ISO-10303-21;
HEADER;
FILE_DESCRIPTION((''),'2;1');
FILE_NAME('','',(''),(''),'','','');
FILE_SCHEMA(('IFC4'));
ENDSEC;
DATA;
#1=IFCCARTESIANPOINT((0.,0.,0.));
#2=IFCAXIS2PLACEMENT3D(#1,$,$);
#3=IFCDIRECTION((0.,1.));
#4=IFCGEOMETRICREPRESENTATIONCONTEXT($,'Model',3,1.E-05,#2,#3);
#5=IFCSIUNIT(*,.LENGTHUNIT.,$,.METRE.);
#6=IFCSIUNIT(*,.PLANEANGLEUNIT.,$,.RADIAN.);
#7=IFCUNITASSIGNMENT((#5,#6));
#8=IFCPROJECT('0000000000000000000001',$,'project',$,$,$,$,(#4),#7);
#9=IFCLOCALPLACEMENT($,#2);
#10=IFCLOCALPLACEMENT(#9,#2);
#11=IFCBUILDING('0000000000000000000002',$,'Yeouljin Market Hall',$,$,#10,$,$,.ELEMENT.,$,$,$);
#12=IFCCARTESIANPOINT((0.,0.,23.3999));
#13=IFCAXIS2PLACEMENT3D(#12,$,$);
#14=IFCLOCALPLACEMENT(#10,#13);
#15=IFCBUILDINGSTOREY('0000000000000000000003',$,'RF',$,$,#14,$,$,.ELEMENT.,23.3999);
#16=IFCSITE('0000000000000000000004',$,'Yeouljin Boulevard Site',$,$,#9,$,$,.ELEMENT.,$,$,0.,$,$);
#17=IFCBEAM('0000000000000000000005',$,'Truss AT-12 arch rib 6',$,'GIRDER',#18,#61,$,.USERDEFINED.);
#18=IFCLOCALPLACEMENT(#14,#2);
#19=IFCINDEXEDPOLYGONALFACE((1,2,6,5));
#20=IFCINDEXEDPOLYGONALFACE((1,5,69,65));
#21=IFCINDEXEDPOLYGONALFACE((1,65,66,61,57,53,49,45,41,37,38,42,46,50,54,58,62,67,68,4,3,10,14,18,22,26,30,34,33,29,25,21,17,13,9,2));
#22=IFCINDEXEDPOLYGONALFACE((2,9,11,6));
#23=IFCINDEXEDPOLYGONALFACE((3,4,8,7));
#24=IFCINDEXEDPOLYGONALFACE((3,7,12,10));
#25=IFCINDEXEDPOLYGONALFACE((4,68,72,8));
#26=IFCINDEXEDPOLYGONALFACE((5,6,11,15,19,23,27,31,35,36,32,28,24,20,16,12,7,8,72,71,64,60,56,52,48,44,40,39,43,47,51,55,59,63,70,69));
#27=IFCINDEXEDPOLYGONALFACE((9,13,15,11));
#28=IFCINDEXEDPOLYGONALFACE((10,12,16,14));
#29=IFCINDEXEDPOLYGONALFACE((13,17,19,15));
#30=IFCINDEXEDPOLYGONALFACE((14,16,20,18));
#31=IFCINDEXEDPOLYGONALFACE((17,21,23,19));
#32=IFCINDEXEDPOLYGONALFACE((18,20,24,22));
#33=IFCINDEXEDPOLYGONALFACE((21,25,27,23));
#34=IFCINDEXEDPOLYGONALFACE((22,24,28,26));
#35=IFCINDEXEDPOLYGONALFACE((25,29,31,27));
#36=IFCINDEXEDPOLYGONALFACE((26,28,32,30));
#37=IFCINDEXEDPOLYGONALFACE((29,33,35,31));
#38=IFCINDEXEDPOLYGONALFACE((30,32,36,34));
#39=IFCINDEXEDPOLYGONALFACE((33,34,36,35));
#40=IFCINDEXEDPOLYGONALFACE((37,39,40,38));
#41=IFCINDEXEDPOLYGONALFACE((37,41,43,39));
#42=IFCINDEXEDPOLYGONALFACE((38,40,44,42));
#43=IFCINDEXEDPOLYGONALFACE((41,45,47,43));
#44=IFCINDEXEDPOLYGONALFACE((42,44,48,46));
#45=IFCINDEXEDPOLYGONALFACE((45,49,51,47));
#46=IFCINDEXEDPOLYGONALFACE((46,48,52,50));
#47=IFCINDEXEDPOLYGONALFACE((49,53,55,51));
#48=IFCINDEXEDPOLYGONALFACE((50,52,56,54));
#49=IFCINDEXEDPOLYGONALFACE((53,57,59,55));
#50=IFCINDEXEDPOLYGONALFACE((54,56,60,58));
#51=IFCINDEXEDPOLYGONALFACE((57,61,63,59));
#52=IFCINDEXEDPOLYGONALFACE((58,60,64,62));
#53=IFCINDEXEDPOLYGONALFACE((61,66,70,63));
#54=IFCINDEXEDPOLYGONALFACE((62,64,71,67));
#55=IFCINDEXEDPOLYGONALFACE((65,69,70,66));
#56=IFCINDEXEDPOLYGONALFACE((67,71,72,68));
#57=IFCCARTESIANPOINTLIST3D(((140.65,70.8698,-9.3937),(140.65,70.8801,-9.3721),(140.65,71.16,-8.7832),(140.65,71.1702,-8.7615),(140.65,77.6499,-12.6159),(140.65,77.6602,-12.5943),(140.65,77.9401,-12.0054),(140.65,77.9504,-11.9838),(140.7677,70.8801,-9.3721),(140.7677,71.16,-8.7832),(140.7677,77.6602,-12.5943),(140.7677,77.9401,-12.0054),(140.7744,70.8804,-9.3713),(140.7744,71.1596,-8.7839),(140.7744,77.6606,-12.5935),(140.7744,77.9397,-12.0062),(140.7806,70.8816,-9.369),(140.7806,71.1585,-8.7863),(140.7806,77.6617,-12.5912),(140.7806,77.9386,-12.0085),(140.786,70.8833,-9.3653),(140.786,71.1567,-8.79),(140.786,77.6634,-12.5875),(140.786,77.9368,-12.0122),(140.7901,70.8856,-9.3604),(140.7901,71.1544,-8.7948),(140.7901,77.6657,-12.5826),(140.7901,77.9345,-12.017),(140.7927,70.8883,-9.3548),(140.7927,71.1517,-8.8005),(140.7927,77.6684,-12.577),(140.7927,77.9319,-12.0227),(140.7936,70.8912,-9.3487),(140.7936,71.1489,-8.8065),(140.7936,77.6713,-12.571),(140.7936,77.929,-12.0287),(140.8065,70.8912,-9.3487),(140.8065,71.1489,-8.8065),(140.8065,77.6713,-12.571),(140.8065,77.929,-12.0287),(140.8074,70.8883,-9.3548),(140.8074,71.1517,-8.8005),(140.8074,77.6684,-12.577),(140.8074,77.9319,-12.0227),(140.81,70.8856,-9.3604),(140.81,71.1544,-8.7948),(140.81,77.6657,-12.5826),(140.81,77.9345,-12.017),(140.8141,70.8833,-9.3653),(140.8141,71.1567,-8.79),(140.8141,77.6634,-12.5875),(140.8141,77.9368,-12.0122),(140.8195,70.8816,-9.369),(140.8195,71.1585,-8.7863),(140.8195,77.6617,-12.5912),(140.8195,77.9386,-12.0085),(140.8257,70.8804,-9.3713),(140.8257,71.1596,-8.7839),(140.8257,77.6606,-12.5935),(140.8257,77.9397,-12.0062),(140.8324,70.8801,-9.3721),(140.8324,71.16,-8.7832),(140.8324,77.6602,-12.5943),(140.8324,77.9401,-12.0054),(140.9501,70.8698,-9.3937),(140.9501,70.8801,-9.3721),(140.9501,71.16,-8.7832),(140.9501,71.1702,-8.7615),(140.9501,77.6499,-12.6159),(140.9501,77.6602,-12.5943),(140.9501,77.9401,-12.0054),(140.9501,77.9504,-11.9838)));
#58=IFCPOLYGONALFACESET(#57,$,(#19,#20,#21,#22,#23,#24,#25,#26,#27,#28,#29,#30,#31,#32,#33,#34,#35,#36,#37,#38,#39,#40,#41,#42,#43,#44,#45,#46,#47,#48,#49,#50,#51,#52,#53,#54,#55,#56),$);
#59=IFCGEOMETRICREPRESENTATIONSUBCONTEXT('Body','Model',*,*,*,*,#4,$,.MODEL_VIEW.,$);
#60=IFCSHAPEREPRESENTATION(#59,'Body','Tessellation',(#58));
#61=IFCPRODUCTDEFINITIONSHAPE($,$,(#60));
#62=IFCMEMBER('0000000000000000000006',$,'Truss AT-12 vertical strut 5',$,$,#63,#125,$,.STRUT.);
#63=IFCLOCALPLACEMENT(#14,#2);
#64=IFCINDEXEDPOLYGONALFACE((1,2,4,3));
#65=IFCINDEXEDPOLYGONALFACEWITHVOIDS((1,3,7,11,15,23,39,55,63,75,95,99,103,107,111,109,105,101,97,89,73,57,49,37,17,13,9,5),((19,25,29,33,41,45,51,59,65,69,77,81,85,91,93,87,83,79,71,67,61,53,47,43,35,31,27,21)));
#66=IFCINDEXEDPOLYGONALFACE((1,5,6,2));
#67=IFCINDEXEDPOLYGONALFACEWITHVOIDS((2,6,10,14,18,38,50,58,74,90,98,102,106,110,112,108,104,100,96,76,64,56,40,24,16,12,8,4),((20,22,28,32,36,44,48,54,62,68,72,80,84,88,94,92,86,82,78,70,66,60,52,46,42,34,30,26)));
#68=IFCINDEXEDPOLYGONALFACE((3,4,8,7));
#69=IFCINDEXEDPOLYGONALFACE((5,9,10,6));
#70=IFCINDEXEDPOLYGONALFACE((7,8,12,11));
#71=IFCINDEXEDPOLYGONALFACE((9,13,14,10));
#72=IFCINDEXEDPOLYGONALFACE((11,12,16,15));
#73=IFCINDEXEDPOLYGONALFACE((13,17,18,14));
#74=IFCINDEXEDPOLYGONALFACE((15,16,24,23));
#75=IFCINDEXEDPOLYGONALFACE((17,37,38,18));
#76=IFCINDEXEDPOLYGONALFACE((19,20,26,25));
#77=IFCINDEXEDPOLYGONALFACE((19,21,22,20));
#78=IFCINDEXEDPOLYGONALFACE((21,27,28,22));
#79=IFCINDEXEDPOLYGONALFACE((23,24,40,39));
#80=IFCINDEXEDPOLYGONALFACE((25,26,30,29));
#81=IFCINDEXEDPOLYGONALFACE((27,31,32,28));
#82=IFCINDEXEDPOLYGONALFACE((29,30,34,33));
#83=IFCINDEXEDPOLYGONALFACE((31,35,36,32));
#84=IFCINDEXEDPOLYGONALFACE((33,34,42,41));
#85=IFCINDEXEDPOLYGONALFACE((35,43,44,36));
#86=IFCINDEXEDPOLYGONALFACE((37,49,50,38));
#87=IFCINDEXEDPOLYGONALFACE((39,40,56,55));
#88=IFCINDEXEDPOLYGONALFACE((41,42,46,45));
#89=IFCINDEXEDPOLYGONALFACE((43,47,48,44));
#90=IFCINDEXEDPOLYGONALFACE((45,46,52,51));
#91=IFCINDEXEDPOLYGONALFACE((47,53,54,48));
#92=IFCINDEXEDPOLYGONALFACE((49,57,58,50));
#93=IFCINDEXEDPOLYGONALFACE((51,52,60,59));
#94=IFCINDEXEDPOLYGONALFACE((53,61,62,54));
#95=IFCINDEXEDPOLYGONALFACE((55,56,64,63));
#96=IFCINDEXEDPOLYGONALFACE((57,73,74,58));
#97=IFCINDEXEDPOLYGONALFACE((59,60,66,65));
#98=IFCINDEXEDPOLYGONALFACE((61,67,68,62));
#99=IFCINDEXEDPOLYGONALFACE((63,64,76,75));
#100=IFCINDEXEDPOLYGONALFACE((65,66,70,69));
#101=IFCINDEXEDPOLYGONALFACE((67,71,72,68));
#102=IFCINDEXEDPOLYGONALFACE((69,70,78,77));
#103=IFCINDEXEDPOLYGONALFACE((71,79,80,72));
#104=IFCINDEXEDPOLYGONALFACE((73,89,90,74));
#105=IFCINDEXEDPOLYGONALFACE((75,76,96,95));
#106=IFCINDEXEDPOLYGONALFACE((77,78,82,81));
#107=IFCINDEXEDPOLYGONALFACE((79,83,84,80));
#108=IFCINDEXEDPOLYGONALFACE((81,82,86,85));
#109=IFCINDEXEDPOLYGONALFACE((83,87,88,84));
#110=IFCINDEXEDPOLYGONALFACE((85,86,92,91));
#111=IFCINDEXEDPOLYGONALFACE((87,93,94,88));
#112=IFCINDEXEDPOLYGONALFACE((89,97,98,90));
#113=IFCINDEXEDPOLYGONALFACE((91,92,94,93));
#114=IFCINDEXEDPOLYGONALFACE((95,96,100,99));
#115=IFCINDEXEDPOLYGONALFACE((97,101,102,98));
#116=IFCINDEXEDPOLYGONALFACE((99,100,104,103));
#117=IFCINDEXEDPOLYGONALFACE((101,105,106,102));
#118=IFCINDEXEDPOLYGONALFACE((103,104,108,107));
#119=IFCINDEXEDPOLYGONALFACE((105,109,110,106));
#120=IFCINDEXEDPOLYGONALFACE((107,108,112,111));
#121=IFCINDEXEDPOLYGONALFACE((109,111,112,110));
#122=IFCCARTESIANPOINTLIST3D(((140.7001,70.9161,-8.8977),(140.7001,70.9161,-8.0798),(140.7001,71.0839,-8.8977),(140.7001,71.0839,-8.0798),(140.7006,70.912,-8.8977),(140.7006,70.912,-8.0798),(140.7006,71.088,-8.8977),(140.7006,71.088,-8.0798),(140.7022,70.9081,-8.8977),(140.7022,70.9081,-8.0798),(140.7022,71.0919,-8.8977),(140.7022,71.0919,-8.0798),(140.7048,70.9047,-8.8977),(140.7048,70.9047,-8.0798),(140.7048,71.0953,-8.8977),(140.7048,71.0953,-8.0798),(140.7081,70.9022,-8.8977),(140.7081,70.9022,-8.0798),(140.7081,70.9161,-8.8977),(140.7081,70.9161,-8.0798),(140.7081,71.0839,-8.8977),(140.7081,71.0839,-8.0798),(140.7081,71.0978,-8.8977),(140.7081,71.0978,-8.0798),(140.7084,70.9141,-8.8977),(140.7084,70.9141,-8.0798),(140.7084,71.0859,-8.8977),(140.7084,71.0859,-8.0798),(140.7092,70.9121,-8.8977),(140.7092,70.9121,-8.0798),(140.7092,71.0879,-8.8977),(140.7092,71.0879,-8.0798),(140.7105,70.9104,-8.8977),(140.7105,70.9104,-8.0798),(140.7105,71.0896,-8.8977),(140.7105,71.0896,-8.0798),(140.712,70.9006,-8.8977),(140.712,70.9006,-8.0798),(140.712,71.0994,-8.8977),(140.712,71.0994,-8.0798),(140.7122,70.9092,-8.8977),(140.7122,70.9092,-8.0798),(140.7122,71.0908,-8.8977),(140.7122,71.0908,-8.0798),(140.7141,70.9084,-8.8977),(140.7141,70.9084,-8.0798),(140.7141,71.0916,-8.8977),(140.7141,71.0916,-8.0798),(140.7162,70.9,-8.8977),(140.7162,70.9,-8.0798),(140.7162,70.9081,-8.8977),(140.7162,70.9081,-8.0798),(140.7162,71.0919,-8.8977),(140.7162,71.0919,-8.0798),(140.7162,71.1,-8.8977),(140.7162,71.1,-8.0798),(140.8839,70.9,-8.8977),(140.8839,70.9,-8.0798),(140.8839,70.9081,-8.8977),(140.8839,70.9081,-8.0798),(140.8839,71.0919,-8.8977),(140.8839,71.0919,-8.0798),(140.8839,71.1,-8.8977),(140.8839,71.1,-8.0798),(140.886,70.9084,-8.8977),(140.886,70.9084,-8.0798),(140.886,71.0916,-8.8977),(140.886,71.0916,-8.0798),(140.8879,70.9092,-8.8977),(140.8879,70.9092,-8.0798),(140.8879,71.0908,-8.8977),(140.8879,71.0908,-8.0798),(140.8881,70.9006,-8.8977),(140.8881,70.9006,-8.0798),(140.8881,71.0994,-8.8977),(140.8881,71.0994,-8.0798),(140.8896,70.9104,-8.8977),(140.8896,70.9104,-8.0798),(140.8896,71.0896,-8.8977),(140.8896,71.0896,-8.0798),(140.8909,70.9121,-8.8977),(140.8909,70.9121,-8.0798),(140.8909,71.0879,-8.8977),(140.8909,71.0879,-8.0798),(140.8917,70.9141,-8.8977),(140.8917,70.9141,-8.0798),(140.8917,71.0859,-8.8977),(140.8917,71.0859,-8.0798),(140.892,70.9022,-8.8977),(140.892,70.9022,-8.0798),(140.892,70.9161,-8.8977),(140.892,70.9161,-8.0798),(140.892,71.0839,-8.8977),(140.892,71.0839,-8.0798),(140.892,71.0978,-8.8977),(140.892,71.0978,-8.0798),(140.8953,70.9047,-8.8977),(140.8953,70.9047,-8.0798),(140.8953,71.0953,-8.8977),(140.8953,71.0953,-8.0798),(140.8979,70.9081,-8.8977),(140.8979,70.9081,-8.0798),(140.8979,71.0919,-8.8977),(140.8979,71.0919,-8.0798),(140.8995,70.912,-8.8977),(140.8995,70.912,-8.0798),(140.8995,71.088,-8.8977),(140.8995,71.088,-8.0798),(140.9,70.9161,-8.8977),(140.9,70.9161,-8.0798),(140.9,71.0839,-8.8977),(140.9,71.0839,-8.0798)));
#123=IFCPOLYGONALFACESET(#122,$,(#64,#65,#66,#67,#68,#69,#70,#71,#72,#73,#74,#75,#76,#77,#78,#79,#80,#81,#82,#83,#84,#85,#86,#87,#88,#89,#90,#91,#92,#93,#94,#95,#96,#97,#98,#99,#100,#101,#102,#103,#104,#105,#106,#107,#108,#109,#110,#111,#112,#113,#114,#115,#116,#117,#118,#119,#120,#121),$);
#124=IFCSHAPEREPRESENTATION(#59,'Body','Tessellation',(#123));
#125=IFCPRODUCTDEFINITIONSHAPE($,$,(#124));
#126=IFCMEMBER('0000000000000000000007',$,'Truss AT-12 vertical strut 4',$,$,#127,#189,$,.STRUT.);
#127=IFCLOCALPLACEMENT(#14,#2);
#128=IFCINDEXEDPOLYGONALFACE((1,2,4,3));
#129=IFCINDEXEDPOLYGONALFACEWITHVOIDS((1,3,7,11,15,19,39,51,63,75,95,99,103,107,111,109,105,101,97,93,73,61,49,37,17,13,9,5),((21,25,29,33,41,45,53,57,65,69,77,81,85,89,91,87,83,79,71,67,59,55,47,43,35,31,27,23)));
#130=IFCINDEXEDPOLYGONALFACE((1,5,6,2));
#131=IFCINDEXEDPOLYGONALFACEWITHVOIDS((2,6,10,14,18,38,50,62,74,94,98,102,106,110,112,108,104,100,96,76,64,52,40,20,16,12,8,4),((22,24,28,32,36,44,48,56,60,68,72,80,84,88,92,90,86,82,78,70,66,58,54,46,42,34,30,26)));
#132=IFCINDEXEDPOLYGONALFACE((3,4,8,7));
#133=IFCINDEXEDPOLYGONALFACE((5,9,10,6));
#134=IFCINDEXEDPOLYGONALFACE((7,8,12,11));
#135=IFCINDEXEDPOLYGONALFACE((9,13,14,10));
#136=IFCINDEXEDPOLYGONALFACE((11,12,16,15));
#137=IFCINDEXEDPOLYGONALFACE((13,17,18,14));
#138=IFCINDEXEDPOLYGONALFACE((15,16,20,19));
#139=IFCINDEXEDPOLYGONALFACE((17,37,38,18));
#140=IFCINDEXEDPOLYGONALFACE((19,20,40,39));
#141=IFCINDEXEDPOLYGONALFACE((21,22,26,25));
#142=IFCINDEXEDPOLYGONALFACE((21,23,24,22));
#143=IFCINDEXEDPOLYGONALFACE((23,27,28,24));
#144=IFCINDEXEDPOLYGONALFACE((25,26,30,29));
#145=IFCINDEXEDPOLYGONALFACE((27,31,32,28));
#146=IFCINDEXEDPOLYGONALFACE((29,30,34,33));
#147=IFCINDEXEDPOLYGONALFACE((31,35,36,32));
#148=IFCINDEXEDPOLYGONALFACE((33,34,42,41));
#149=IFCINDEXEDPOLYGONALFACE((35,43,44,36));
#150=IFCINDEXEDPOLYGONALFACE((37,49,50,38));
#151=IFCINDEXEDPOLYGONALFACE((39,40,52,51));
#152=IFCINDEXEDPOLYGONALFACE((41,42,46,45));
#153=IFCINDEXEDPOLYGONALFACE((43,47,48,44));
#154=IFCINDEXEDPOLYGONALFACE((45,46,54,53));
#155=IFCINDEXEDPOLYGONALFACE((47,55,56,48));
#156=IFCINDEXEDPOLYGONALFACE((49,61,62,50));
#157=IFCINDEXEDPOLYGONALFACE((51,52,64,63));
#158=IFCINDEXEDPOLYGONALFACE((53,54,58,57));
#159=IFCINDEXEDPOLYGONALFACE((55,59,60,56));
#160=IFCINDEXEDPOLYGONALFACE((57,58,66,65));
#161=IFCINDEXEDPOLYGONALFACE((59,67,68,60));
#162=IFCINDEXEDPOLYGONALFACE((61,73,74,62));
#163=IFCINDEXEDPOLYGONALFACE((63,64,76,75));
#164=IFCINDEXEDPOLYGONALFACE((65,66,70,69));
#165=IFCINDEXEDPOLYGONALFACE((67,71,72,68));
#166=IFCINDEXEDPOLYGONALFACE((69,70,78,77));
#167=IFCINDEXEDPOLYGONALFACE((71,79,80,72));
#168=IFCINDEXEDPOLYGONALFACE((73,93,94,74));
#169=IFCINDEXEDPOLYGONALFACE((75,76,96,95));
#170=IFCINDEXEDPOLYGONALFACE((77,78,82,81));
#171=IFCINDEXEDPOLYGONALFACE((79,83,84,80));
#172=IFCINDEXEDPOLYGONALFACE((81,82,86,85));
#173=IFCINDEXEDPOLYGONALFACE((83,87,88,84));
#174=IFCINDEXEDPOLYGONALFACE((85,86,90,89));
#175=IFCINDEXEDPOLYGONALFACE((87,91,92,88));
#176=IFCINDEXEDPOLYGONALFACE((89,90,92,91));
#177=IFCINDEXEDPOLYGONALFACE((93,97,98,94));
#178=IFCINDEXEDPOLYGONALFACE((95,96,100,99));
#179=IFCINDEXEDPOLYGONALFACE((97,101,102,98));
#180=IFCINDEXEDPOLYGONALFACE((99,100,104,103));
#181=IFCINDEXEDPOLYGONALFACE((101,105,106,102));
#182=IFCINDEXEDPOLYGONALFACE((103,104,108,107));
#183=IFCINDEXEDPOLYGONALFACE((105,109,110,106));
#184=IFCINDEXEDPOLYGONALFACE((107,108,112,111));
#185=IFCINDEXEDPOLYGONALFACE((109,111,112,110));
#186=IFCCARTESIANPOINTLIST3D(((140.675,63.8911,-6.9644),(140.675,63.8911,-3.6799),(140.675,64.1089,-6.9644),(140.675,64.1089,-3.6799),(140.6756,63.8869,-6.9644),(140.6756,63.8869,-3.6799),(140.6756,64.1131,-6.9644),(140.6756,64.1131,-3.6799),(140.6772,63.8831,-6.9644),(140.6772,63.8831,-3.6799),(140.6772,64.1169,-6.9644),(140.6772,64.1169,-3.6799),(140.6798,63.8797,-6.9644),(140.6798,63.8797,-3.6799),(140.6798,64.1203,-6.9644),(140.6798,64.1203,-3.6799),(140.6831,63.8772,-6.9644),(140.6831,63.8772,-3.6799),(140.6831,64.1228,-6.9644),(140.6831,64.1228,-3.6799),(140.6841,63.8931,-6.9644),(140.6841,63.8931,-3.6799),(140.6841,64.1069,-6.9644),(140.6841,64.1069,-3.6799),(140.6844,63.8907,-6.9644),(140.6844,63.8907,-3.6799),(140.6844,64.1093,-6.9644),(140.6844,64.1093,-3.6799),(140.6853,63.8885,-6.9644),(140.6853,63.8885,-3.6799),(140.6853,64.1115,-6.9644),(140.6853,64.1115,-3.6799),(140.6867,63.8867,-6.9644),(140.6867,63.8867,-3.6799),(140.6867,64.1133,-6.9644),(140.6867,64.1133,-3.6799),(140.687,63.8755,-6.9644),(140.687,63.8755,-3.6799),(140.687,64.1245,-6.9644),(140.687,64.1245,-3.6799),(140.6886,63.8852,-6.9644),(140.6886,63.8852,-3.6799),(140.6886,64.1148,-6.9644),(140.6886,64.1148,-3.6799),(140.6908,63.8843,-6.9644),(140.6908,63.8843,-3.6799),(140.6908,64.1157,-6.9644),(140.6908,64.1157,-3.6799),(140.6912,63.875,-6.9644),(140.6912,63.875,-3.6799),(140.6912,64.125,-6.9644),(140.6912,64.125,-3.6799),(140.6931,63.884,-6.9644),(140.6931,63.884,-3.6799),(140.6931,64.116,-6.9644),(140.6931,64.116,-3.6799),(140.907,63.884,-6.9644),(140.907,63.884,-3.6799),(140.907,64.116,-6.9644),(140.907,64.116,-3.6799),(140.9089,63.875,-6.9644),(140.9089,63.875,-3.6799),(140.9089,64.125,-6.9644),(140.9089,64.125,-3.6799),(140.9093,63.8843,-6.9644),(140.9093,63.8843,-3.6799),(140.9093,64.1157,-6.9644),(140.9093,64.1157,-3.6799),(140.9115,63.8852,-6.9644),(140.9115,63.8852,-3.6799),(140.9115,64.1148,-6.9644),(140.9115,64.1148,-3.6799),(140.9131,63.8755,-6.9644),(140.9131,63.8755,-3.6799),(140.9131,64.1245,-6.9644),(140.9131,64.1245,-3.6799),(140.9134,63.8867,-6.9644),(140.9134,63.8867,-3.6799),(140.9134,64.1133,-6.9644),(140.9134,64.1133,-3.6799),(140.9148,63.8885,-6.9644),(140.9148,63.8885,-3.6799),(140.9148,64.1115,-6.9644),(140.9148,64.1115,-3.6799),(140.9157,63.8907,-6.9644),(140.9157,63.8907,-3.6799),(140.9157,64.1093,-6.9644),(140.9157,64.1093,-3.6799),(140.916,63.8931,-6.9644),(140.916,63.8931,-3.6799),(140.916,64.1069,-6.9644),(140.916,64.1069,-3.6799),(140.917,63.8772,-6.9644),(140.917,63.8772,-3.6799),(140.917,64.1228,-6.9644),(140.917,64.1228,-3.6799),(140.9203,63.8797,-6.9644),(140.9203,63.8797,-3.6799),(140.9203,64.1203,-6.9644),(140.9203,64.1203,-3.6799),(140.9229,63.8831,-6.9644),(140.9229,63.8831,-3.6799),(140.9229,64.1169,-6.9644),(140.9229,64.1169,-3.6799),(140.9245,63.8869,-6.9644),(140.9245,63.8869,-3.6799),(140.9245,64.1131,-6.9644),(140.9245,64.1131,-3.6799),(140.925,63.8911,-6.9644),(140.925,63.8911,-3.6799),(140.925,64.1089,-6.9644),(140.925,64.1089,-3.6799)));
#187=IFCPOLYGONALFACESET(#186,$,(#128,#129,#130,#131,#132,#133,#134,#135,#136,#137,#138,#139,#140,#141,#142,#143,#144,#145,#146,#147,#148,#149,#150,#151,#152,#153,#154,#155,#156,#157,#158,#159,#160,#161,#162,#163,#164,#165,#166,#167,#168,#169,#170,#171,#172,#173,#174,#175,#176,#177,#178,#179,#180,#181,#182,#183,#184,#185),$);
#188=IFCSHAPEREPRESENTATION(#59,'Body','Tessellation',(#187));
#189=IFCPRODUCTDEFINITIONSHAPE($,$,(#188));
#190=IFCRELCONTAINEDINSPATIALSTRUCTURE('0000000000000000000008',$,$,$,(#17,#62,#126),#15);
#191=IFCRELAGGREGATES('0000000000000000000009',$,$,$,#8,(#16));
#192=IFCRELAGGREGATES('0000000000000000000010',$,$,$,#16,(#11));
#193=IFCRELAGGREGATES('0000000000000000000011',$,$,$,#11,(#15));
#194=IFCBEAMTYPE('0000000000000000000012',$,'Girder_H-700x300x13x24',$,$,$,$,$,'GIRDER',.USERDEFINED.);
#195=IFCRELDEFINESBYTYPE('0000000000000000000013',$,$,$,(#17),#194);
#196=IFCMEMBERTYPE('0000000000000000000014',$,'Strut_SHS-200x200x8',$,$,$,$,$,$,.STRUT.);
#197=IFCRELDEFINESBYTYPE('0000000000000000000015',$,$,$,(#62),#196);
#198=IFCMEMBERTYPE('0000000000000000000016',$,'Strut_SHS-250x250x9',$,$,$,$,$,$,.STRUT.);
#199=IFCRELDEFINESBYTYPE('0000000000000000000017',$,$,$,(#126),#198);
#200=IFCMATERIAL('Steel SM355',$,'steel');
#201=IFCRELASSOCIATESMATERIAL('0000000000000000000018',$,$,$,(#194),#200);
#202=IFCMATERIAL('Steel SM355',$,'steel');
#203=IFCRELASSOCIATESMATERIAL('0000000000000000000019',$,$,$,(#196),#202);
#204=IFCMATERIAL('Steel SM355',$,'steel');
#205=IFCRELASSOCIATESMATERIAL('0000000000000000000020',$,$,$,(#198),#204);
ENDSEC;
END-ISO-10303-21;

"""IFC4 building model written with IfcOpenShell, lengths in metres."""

from ifc_helpers import new_model, si_unit, direction, frame, origin, origin_2d, place, context, subcontext, project, spatial, hollow_rectangle, i_section, extrude, material, material_profile, profile_set, type_object, element, save


model = new_model("IFC4")

# Units and contexts
model_context = context("Model", 3, precision=1e-05, world=origin(), true_north=direction((0.0, 1.0)))
body_context = subcontext(model_context, "Body", "Model", "MODEL_VIEW")
ifc_project = project(units=[si_unit("LENGTHUNIT", "METRE"), si_unit("PLANEANGLEUNIT", "RADIAN")], contexts=[model_context])

# Site, building, storey
site_placement = place(None, origin())
site = spatial("IfcSite", under=ifc_project, at=site_placement, Name="Yeouljin Boulevard Site", CompositionType="ELEMENT", RefElevation=0.0)
building_placement = place(site_placement, origin())
building = spatial("IfcBuilding", under=site, at=building_placement, Name="Yeouljin Market Hall", CompositionType="ELEMENT")
storey_placement = place(building_placement, frame((0.0, 0.0, 23.3999)))
storey = spatial("IfcBuildingStorey", under=building, at=storey_placement, Name="RF", CompositionType="ELEMENT", Elevation=23.3999)

# Beam
ifc_material_1 = material(Name="Steel SM355", Category="steel")
ifc_material_profile_1 = material_profile(ifc_material_1, i_section(OverallWidth=0.3, OverallDepth=0.7, WebThickness=0.0129, FlangeThickness=0.0239, FilletRadius=0.0259, at=origin_2d()), Name="H-700x300x13x24")
ifc_profile_set_1 = profile_set([ifc_material_profile_1], Name="Steel SM355")
beam_type = type_object("IfcBeamType", Name="Girder_H-700x300x13x24", ElementType="GIRDER", PredefinedType="USERDEFINED", material=ifc_profile_set_1)
beam_1_placement = place(storey_placement, frame((140.8, 71.02, -9.0776), z_axis=(0.0, 0.903192, -0.429237), x_axis=(-1.0, 0.0, 0.0)))
element("IfcBeam", 1, at=beam_1_placement, inside=storey, type_object=beam_type, Name="Truss AT-12 arch rib 6", ObjectType="GIRDER", PredefinedType="USERDEFINED", context=body_context, shape_type="SweptSolid", body=[
    extrude(i_section(OverallWidth=0.3, OverallDepth=0.7, WebThickness=0.0129, FlangeThickness=0.0239, FilletRadius=0.0259, at=origin_2d()), origin(), (0.0, 0.0, 1.0), 7.5068),
])

# Members
ifc_material_2 = material(Name="Steel SM355", Category="steel")
ifc_material_profile_2 = material_profile(ifc_material_2, hollow_rectangle(XDim=0.2, YDim=0.2, WallThickness=0.0081, InnerFilletRadius=0.0081, OuterFilletRadius=0.0161, at=origin_2d()), Name="SHS-200x200x8")
ifc_profile_set_2 = profile_set([ifc_material_profile_2], Name="Steel SM355")
member_type_1 = type_object("IfcMemberType", Name="Strut_SHS-200x200x8", PredefinedType="STRUT", material=ifc_profile_set_2)
member_1_placement = place(storey_placement, frame((140.8, 71.0, -8.8977), z_axis=(0.0, 0.0, 1.0), x_axis=(1.0, 0.0, 0.0)))
element("IfcMember", 2, at=member_1_placement, inside=storey, type_object=member_type_1, Name="Truss AT-12 vertical strut 5", PredefinedType="STRUT", context=body_context, shape_type="SweptSolid", body=[
    extrude(hollow_rectangle(XDim=0.2, YDim=0.2, WallThickness=0.0081, InnerFilletRadius=0.0081, OuterFilletRadius=0.0161, at=origin_2d()), origin(), (0.0, 0.0, 1.0), 0.8179),
])
ifc_material_3 = material(Name="Steel SM355", Category="steel")
ifc_material_profile_3 = material_profile(ifc_material_3, hollow_rectangle(XDim=0.25, YDim=0.25, WallThickness=0.009, InnerFilletRadius=0.009, OuterFilletRadius=0.0161, at=origin_2d()), Name="SHS-250x250x9")
ifc_profile_set_3 = profile_set([ifc_material_profile_3], Name="Steel SM355")
member_type_2 = type_object("IfcMemberType", Name="Strut_SHS-250x250x9", PredefinedType="STRUT", material=ifc_profile_set_3)
member_2_placement = place(storey_placement, frame((140.8, 64.0, -6.9644), z_axis=(0.0, 0.0, 1.0), x_axis=(1.0, 0.0, 0.0)))
element("IfcMember", 3, at=member_2_placement, inside=storey, type_object=member_type_2, Name="Truss AT-12 vertical strut 4", PredefinedType="STRUT", context=body_context, shape_type="SweptSolid", body=[
    extrude(hollow_rectangle(XDim=0.25, YDim=0.25, WallThickness=0.009, InnerFilletRadius=0.009, OuterFilletRadius=0.0161, at=origin_2d()), origin(), (0.0, 0.0, 1.0), 3.2844),
])

save(model, "model.ifc")
